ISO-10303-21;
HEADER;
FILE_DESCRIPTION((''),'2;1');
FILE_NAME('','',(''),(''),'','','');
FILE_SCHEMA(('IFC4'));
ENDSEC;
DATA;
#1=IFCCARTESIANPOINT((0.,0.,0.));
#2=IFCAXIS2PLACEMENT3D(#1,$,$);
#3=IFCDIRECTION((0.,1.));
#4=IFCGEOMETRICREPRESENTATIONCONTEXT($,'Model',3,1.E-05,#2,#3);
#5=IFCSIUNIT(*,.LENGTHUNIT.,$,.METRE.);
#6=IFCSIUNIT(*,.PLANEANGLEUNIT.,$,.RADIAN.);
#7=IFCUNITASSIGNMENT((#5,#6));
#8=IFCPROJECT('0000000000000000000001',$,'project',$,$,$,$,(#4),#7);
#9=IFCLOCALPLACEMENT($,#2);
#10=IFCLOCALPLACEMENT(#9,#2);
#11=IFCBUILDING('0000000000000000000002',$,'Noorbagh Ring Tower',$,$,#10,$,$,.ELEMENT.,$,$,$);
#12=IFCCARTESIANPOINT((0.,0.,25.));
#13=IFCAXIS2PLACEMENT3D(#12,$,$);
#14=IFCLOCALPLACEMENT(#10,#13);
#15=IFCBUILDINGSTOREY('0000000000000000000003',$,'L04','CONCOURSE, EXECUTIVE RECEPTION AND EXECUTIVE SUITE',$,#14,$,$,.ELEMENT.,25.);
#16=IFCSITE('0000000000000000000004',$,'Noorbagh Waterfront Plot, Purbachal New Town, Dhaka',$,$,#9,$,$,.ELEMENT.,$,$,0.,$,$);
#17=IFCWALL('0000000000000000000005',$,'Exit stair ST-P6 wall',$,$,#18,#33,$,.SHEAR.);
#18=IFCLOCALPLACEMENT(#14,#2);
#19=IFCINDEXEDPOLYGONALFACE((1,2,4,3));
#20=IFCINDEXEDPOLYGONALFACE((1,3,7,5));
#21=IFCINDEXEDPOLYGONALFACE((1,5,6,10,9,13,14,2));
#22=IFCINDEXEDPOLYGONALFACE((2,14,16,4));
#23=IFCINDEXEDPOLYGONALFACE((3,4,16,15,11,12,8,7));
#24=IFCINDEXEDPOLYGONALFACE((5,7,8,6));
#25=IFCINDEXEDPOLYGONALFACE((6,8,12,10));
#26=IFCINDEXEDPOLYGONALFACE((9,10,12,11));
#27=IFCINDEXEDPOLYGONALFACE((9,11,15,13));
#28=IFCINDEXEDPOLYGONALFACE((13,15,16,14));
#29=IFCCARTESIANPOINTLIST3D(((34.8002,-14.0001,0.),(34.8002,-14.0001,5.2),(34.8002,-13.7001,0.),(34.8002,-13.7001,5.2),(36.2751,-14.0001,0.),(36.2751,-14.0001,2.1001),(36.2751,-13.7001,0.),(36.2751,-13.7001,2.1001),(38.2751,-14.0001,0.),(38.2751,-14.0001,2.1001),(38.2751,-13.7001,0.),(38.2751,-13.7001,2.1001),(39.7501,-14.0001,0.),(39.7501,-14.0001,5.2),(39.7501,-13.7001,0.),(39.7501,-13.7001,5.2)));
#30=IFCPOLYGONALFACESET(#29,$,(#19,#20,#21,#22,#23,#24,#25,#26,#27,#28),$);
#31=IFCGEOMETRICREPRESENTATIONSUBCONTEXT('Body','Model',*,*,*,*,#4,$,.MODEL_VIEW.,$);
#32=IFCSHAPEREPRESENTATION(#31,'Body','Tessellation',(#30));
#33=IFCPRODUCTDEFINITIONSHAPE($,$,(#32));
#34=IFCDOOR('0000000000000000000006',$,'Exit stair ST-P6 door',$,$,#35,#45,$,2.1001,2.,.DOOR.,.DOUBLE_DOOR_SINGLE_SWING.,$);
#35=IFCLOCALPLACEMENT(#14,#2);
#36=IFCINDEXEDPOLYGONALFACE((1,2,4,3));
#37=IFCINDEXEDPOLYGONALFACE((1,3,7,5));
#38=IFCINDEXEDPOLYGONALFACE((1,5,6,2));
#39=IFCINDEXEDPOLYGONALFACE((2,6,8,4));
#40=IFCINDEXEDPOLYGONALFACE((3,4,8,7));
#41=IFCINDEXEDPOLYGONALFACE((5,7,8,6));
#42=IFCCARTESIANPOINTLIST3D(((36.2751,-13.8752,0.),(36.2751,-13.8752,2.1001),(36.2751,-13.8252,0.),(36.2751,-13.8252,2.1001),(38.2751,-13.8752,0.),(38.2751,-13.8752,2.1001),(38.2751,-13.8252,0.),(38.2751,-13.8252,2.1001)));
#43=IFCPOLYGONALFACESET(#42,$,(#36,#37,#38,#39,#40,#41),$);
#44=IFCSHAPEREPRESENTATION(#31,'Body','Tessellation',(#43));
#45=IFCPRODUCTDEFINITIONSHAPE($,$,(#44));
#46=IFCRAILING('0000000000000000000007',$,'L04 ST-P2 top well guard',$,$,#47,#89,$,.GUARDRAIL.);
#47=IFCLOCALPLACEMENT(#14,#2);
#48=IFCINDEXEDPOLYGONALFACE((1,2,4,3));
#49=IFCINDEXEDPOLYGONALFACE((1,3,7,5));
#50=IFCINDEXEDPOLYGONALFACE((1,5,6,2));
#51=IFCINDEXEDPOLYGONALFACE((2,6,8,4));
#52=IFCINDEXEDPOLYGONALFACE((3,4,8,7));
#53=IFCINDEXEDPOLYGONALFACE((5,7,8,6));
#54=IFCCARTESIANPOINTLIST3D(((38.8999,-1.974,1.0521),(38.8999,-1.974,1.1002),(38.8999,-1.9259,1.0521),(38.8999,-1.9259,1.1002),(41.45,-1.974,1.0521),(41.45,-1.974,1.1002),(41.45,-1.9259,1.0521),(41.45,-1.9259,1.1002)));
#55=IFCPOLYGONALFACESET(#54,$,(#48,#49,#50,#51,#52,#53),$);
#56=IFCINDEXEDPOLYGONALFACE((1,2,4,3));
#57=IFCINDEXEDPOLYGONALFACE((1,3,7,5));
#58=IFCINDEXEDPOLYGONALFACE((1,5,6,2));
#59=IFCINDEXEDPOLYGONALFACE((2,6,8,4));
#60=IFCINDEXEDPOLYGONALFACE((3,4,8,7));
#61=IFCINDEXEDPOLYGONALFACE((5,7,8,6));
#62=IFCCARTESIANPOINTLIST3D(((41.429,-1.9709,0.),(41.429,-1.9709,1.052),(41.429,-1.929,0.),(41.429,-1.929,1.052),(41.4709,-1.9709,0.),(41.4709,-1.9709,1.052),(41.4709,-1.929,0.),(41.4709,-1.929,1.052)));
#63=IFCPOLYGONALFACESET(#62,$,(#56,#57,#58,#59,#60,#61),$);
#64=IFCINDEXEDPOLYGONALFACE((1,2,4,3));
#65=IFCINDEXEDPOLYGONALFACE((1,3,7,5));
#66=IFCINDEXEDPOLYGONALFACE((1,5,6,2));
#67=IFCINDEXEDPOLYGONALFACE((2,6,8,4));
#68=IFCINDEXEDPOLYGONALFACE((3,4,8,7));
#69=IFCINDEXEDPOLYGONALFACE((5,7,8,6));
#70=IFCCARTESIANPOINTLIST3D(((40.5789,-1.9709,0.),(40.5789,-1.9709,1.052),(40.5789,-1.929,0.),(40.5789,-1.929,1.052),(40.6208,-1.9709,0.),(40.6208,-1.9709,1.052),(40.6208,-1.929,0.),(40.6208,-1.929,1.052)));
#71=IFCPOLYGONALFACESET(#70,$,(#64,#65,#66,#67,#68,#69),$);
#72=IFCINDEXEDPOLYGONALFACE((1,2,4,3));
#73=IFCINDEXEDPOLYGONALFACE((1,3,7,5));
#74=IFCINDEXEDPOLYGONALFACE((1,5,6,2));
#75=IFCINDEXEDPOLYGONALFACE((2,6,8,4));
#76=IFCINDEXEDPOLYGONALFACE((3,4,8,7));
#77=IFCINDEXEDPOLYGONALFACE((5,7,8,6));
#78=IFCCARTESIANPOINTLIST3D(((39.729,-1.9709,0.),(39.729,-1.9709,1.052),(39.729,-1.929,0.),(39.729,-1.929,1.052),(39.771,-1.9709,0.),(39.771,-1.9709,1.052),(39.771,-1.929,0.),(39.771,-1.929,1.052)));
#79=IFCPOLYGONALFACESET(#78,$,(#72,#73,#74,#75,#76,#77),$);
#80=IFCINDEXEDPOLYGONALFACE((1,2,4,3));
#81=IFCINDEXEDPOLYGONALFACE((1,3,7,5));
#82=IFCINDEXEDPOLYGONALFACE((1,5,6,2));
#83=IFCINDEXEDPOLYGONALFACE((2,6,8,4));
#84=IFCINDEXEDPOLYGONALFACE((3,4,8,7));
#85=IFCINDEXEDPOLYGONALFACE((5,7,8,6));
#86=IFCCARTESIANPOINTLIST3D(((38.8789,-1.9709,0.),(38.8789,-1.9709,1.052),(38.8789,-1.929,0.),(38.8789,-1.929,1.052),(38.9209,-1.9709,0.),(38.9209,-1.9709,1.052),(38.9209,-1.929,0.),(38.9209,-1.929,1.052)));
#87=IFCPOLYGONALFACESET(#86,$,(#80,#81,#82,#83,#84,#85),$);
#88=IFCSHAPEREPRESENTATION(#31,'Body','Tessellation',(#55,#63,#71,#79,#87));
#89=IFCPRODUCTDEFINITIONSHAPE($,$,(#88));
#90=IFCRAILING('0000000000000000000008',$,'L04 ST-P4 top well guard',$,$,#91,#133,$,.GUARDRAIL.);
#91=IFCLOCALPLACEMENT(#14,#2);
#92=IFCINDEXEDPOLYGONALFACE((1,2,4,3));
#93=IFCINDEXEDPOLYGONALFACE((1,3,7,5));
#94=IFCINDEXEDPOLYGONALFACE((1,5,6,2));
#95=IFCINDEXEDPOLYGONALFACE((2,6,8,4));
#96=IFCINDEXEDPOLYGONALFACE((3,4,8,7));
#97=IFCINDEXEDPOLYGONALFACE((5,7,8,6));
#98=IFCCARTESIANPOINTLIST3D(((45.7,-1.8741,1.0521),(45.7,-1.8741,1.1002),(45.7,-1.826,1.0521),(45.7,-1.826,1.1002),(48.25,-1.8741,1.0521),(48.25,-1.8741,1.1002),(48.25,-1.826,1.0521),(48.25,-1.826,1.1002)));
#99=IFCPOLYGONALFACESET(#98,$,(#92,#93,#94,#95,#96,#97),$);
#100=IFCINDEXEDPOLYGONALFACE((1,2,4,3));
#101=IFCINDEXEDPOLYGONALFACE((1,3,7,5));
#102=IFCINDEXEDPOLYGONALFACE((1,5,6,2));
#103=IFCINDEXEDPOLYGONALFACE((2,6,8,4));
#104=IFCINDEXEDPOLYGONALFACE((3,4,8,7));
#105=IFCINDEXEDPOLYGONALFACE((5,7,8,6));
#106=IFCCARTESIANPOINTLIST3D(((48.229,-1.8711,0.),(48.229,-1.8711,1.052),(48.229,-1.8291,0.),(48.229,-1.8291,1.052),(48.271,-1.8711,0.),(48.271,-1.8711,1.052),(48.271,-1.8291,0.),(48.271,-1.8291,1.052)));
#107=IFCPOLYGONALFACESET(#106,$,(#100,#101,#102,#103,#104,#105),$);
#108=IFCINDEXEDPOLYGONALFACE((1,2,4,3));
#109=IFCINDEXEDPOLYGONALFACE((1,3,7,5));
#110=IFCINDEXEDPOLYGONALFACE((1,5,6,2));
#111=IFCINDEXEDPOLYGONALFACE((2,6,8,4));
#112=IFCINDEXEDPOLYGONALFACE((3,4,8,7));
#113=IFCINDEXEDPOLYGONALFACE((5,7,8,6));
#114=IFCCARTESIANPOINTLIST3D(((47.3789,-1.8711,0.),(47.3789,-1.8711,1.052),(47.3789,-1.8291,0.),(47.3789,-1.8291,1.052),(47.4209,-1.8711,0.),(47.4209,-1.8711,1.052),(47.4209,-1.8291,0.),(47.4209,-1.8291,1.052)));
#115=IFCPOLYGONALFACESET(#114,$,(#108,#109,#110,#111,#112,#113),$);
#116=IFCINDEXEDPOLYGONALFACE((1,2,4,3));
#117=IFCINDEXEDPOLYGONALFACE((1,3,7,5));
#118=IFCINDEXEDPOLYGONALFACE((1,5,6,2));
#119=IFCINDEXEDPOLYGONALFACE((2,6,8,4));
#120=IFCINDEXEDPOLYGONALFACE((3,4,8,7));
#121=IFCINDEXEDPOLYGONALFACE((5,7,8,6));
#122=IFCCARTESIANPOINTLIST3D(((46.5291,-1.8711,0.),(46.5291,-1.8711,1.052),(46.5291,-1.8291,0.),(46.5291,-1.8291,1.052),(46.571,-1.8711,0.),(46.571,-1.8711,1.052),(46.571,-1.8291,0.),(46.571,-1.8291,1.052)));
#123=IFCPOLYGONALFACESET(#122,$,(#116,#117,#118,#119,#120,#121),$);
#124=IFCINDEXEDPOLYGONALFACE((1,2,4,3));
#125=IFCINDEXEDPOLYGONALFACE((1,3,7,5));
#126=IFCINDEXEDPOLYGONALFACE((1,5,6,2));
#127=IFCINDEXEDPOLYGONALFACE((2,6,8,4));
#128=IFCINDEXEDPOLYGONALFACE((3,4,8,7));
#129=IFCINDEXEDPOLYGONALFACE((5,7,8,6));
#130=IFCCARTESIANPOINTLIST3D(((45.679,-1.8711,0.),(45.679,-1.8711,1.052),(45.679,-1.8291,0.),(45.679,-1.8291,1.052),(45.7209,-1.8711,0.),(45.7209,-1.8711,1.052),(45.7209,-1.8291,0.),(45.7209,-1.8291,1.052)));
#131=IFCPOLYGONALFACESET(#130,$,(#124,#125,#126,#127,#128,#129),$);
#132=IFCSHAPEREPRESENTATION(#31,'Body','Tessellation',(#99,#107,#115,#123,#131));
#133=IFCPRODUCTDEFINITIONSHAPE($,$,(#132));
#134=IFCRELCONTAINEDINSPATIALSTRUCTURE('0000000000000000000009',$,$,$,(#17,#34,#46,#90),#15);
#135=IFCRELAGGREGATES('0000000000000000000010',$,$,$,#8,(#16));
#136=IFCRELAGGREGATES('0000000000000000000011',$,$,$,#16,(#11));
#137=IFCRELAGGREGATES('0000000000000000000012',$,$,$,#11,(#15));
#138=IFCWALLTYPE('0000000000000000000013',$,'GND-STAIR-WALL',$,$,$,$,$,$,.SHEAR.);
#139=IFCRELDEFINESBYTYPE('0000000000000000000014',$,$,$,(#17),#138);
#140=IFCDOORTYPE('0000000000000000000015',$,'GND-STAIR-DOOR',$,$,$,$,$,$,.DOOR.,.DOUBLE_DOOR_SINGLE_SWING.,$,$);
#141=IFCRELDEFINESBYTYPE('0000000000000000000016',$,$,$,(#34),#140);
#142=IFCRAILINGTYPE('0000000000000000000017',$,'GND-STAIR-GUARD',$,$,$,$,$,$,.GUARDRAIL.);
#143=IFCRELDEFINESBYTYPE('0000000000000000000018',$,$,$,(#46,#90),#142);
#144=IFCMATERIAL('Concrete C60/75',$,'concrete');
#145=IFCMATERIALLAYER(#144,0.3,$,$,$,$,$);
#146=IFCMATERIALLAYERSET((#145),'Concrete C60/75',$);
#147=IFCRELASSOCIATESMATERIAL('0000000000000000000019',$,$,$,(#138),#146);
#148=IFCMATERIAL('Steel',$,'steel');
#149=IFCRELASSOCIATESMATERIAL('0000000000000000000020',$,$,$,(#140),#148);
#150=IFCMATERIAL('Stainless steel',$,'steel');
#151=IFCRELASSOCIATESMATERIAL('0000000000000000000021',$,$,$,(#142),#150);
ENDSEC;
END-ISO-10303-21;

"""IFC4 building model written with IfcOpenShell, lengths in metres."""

from ifc_helpers import new_model, si_unit, direction, frame, frame_2d, origin, origin_2d, place, context, subcontext, project, spatial, rectangle, extrude, material, layer, layer_set, type_object, element, fill, save


model = new_model("IFC4")

# Units and contexts
model_context = context("Model", 3, precision=1e-05, world=origin(), true_north=direction((0.0, 1.0)))
body_context = subcontext(model_context, "Body", "Model", "MODEL_VIEW")
ifc_project = project(units=[si_unit("LENGTHUNIT", "METRE"), si_unit("PLANEANGLEUNIT", "RADIAN")], contexts=[model_context])

# Site, building, storey
site_placement = place(None, origin())
site = spatial("IfcSite", under=ifc_project, at=site_placement, Name="Noorbagh Waterfront Plot, Purbachal New Town, Dhaka", CompositionType="ELEMENT", RefElevation=0.0)
building_placement = place(site_placement, origin())
building = spatial("IfcBuilding", under=site, at=building_placement, Name="Noorbagh Ring Tower", CompositionType="ELEMENT")
storey_placement = place(building_placement, frame((0.0, 0.0, 25.0)))
storey = spatial("IfcBuildingStorey", under=building, at=storey_placement, Name="L04", Description="CONCOURSE, EXECUTIVE RECEPTION AND EXECUTIVE SUITE", CompositionType="ELEMENT", Elevation=25.0)

# Shared definitions
ifc_material_1 = material(Name="Concrete C60/75", Category="concrete")
ifc_layer_1 = layer(ifc_material_1, 0.3)
ifc_layer_set_1 = layer_set([ifc_layer_1], Name="Concrete C60/75")
wall_type_1 = type_object("IfcWallType", Name="GND-STAIR-WALL", PredefinedType="SHEAR", material=ifc_layer_set_1)

# Shared definitions
ifc_material_2 = material(Name="Steel", Category="steel")
door_type_1 = type_object("IfcDoorType", Name="GND-STAIR-DOOR", OperationType="DOUBLE_DOOR_SINGLE_SWING", PredefinedType="DOOR", material=ifc_material_2)

# Wall, opening, door
wall_1_placement = place(storey_placement, frame((34.8, -13.8501, 0.0), z_axis=(0.0, 0.0, 1.0), x_axis=(1.0, 0.0, 0.0)))
wall_1 = element("IfcWall", 1, at=wall_1_placement, inside=storey, type_object=wall_type_1, Name="Exit stair ST-P6 wall", PredefinedType="SHEAR", context=body_context, shape_type="SweptSolid", body=[
    extrude(rectangle(XDim=4.95, YDim=0.3, at=frame_2d((2.4751, 0.0))), origin(), (0.0, 0.0, 1.0), 5.2),
])
opening_1_placement = place(wall_1_placement, frame((1.4751, 0.0, 0.0)))
opening_1 = element("IfcOpeningElement", 2, at=opening_1_placement, cuts=wall_1, PredefinedType="OPENING", context=body_context, shape_type="SweptSolid", body=[
    extrude(rectangle(XDim=2.0, YDim=2.1001, at=frame_2d((1.0, 1.05))), frame((0.0, 0.1602, 0.0), z_axis=(0.0, -1.0, 0.0), x_axis=(1.0, 0.0, 0.0)), (0.0, 0.0, 1.0), 0.3201),
])
door_1_placement = place(opening_1_placement, origin())
door_1 = element("IfcDoor", 3, at=door_1_placement, inside=storey, type_object=door_type_1, Name="Exit stair ST-P6 door", OperationType="DOUBLE_DOOR_SINGLE_SWING", OverallHeight=2.1001, OverallWidth=2.0, PredefinedType="DOOR", context=body_context, shape_type="SweptSolid", body=[
    extrude(rectangle(XDim=2.0, YDim=2.1001, at=frame_2d((1.0, 1.05))), frame((0.0, 0.0249, 0.0), z_axis=(0.0, -1.0, 0.0), x_axis=(1.0, 0.0, 0.0)), (0.0, 0.0, 1.0), 0.05),
])
fill(opening_1, door_1)

# Railings
ifc_material_3 = material(Name="Stainless steel", Category="steel")
railing_type = type_object("IfcRailingType", Name="GND-STAIR-GUARD", PredefinedType="GUARDRAIL", material=ifc_material_3)
for number, where, name in (
    (4, (41.45, -1.95, 0.0), "L04 ST-P2 top well guard"),
    (5, (48.25, -1.8501, 0.0), "L04 ST-P4 top well guard"),
):
    element("IfcRailing", number, at=place(storey_placement, frame(where)), inside=storey, type_object=railing_type, Name=name, PredefinedType="GUARDRAIL", context=body_context, shape_type="SweptSolid", body=[
        extrude(rectangle(XDim=0.0481, YDim=0.0481, at=origin_2d()), frame((0.0, 0.0, 1.0762), z_axis=(-1.0, 0.0, 0.0), x_axis=(0.0, -1.0, 0.0)), (0.0, 0.0, 1.0), 2.55),
        extrude(rectangle(XDim=0.042, YDim=0.042, at=origin_2d()), origin(), (0.0, 0.0, 1.0), 1.052),
        extrude(rectangle(XDim=0.042, YDim=0.042, at=origin_2d()), frame((-0.8501, 0.0, 0.0)), (0.0, 0.0, 1.0), 1.052),
        extrude(rectangle(XDim=0.042, YDim=0.042, at=origin_2d()), frame((-1.7, 0.0, 0.0)), (0.0, 0.0, 1.0), 1.052),
        extrude(rectangle(XDim=0.042, YDim=0.042, at=origin_2d()), frame((-2.55, 0.0, 0.0)), (0.0, 0.0, 1.0), 1.052),
    ])

save(model, "model.ifc")
